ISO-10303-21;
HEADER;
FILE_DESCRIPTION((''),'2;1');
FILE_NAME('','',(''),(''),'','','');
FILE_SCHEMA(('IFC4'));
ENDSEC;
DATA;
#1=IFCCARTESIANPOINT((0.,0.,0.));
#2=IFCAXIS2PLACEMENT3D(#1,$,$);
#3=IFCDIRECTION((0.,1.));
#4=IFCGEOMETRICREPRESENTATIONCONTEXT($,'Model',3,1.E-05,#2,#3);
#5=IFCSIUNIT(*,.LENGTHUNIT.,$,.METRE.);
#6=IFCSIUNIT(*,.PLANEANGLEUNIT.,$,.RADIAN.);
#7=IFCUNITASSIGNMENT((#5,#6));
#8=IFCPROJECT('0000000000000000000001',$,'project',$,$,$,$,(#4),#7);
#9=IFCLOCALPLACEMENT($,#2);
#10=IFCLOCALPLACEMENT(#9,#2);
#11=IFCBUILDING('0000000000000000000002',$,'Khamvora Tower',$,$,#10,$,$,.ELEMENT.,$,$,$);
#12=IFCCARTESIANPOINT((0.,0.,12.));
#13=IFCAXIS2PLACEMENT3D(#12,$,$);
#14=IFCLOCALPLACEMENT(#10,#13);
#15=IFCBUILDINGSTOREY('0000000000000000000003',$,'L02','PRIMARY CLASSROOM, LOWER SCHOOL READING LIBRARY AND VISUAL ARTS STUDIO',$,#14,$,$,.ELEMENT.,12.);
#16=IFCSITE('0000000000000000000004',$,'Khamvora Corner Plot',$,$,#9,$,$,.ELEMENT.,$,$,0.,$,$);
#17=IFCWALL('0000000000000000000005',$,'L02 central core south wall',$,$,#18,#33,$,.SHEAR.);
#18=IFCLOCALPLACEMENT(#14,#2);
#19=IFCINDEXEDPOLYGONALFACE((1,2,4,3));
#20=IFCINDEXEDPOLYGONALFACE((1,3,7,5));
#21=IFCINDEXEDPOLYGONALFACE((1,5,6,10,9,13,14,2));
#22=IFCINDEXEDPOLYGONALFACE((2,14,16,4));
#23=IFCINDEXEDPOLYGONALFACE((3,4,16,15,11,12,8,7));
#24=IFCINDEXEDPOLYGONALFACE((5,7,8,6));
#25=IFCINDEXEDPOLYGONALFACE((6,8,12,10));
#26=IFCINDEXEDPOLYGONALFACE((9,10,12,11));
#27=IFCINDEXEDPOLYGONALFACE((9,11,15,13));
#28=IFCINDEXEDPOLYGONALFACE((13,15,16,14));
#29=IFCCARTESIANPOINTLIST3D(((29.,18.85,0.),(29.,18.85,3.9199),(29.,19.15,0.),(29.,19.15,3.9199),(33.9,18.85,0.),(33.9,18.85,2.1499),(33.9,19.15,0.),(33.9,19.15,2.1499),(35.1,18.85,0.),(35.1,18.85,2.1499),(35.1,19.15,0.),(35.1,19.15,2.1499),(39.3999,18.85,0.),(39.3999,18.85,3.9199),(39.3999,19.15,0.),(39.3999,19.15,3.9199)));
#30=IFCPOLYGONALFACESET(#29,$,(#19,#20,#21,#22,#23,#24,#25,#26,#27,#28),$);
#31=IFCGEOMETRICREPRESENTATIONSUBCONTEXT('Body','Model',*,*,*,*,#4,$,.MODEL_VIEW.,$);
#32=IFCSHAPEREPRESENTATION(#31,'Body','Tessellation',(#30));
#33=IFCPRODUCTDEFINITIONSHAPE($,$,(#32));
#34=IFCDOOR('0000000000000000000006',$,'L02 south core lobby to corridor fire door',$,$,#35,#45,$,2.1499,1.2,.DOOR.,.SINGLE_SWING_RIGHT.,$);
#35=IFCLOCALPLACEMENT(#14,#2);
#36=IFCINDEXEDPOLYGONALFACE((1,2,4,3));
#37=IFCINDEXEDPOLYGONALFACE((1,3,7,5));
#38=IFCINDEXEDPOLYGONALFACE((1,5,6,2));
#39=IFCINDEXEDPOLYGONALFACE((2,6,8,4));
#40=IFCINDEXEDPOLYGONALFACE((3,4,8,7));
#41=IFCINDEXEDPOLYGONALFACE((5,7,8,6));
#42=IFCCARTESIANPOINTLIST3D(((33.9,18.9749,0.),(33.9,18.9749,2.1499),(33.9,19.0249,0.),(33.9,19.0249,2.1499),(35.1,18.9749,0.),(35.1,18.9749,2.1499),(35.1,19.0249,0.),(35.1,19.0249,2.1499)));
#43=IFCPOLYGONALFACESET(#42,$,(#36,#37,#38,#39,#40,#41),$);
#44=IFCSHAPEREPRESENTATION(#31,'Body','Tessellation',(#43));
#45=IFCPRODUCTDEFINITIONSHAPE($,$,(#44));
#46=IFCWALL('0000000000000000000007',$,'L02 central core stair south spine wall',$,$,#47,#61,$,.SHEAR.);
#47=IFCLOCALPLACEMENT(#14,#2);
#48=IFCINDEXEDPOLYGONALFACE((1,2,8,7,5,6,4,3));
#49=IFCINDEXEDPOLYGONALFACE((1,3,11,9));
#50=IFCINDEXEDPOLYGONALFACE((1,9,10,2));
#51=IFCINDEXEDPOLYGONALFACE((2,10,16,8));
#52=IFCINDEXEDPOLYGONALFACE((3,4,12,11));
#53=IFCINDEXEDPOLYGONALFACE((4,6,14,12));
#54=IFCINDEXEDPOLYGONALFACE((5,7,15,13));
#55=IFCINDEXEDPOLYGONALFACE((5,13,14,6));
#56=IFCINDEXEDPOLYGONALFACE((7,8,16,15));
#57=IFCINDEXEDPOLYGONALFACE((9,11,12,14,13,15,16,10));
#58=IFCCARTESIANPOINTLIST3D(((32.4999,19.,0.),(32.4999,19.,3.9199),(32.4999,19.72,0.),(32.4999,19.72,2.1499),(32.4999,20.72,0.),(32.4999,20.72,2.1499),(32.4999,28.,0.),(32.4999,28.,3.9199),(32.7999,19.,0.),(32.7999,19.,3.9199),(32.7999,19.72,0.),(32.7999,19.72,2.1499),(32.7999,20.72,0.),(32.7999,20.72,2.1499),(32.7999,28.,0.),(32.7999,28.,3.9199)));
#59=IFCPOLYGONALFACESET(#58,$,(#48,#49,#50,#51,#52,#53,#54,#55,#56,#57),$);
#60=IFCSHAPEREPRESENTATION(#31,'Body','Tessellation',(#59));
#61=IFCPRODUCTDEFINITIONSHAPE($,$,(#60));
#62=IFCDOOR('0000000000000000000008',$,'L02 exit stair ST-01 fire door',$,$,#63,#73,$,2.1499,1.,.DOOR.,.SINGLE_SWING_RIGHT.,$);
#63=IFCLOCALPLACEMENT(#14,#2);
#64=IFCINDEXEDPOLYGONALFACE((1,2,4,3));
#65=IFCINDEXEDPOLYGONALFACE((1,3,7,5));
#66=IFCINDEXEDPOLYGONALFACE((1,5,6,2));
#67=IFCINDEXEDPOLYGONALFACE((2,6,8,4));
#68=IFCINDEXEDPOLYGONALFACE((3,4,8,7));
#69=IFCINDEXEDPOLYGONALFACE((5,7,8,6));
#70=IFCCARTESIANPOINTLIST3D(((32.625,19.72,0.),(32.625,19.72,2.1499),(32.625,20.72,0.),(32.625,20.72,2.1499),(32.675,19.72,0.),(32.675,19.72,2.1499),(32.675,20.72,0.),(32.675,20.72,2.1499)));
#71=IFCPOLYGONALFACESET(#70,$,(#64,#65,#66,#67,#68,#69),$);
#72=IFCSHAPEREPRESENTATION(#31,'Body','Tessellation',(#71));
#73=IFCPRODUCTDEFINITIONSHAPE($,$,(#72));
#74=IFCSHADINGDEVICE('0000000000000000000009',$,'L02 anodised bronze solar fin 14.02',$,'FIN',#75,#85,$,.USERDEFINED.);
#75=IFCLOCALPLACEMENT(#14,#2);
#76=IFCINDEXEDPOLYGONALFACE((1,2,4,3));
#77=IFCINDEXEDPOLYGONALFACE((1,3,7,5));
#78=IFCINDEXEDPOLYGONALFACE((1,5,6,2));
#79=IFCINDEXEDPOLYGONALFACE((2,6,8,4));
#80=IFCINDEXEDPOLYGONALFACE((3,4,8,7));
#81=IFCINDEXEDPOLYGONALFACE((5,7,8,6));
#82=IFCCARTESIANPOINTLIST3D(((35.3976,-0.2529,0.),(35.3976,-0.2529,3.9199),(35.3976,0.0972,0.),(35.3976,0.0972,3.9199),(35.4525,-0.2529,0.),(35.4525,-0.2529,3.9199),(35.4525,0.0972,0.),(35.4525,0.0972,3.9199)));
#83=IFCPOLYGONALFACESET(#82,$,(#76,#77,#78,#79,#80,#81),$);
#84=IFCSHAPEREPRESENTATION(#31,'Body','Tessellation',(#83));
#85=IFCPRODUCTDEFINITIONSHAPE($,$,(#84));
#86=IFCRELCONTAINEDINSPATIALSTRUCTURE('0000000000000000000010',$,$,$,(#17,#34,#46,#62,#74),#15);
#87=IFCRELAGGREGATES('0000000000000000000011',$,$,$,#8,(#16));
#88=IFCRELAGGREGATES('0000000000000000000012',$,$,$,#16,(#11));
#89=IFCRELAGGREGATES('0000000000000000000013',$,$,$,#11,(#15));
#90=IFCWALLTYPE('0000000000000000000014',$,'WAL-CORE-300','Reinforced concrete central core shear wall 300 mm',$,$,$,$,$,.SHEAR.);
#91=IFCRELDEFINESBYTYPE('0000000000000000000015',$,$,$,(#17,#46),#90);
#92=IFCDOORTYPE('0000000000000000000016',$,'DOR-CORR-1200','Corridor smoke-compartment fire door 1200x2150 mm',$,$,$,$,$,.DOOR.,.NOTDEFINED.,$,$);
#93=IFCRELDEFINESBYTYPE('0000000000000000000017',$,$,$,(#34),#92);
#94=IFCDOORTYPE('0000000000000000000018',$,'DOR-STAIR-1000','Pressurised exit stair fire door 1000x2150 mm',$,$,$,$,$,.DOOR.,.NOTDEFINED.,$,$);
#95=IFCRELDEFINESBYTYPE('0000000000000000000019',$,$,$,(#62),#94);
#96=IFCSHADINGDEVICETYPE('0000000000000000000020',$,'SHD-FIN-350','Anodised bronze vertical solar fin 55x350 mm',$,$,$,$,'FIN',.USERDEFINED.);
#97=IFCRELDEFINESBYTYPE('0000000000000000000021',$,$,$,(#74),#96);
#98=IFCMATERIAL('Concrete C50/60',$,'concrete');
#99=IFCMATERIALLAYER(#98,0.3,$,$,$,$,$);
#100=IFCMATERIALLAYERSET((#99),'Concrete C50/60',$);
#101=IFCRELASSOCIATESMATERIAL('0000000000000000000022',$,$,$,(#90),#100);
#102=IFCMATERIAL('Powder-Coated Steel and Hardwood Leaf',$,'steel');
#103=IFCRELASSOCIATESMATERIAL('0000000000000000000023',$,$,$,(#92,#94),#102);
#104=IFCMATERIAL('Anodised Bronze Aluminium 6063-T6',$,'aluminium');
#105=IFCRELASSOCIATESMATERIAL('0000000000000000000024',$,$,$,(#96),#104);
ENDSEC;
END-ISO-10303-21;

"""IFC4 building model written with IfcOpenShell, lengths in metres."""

from ifc_helpers import new_model, si_unit, direction, frame, frame_2d, origin, origin_2d, place, context, subcontext, project, spatial, rectangle, extrude, material, layer, layer_set, type_object, element, fill, save


model = new_model("IFC4")

# Units and contexts
model_context = context("Model", 3, precision=1e-05, world=origin(), true_north=direction((0.0, 1.0)))
body_context = subcontext(model_context, "Body", "Model", "MODEL_VIEW")
ifc_project = project(units=[si_unit("LENGTHUNIT", "METRE"), si_unit("PLANEANGLEUNIT", "RADIAN")], contexts=[model_context])

# Site, building, storey
site_placement = place(None, origin())
site = spatial("IfcSite", under=ifc_project, at=site_placement, Name="Khamvora Corner Plot", CompositionType="ELEMENT", RefElevation=0.0)
building_placement = place(site_placement, origin())
building = spatial("IfcBuilding", under=site, at=building_placement, Name="Khamvora Tower", CompositionType="ELEMENT")
storey_placement = place(building_placement, frame((0.0, 0.0, 12.0)))
storey = spatial("IfcBuildingStorey", under=building, at=storey_placement, Name="L02", Description="PRIMARY CLASSROOM, LOWER SCHOOL READING LIBRARY AND VISUAL ARTS STUDIO", CompositionType="ELEMENT", Elevation=12.0)

# Shared definitions
ifc_material_1 = material(Name="Concrete C50/60", Category="concrete")
ifc_layer_1 = layer(ifc_material_1, 0.3)
ifc_layer_set_1 = layer_set([ifc_layer_1], Name="Concrete C50/60")
wall_type = type_object("IfcWallType", Name="WAL-CORE-300", Description="Reinforced concrete central core shear wall 300 mm", PredefinedType="SHEAR", material=ifc_layer_set_1)

# Walls, openings, doors
wall_1_placement = place(storey_placement, frame((29.0, 19.0, 0.0), z_axis=(0.0, 0.0, 1.0), x_axis=(1.0, 0.0, 0.0)))
wall_1 = element("IfcWall", 1, at=wall_1_placement, inside=storey, type_object=wall_type, Name="L02 central core south wall", PredefinedType="SHEAR", context=body_context, shape_type="SweptSolid", body=[
    extrude(rectangle(XDim=10.3999, YDim=0.3, at=frame_2d((5.2, 0.0))), origin(), (0.0, 0.0, 1.0), 3.9199),
])
opening_1_placement = place(wall_1_placement, frame((4.8999, 0.0, 0.0)))
opening_1 = element("IfcOpeningElement", 2, at=opening_1_placement, cuts=wall_1, PredefinedType="OPENING", context=body_context, shape_type="SweptSolid", body=[
    extrude(rectangle(XDim=1.2, YDim=2.1499, at=frame_2d((0.6001, 1.075))), frame((0.0, 0.1599, 0.0), z_axis=(0.0, -1.0, 0.0), x_axis=(1.0, 0.0, 0.0)), (0.0, 0.0, 1.0), 0.3201),
])
ifc_material_2 = material(Name="Powder-Coated Steel and Hardwood Leaf", Category="steel")
door_type_1 = type_object("IfcDoorType", Name="DOR-CORR-1200", Description="Corridor smoke-compartment fire door 1200x2150 mm", OperationType="NOTDEFINED", PredefinedType="DOOR", material=ifc_material_2)
door_1_placement = place(opening_1_placement, origin())
door_1 = element("IfcDoor", 3, at=door_1_placement, inside=storey, type_object=door_type_1, Name="L02 south core lobby to corridor fire door", OperationType="SINGLE_SWING_RIGHT", OverallHeight=2.1499, OverallWidth=1.2, PredefinedType="DOOR", context=body_context, shape_type="SweptSolid", body=[
    extrude(rectangle(XDim=1.2, YDim=2.1499, at=frame_2d((0.6001, 1.075))), frame((0.0, 0.0249, 0.0), z_axis=(0.0, -1.0, 0.0), x_axis=(1.0, 0.0, 0.0)), (0.0, 0.0, 1.0), 0.05),
])
fill(opening_1, door_1)
wall_2_placement = place(storey_placement, frame((32.6499, 19.0, 0.0), z_axis=(0.0, 0.0, 1.0), x_axis=(0.0, 1.0, 0.0)))
wall_2 = element("IfcWall", 4, at=wall_2_placement, inside=storey, type_object=wall_type, Name="L02 central core stair south spine wall", PredefinedType="SHEAR", context=body_context, shape_type="SweptSolid", body=[
    extrude(rectangle(XDim=9.0, YDim=0.3, at=frame_2d((4.5, 0.0))), origin(), (0.0, 0.0, 1.0), 3.9199),
])
opening_2_placement = place(wall_2_placement, frame((0.72, 0.0, 0.0)))
opening_2 = element("IfcOpeningElement", 5, at=opening_2_placement, cuts=wall_2, PredefinedType="OPENING", context=body_context, shape_type="SweptSolid", body=[
    extrude(rectangle(XDim=1.0, YDim=2.1499, at=frame_2d((0.5, 1.075))), frame((0.0, 0.1599, 0.0), z_axis=(0.0, -1.0, 0.0), x_axis=(1.0, 0.0, 0.0)), (0.0, 0.0, 1.0), 0.3201),
])
door_type_2 = type_object("IfcDoorType", Name="DOR-STAIR-1000", Description="Pressurised exit stair fire door 1000x2150 mm", OperationType="NOTDEFINED", PredefinedType="DOOR", material=ifc_material_2)
door_2_placement = place(opening_2_placement, origin())
door_2 = element("IfcDoor", 6, at=door_2_placement, inside=storey, type_object=door_type_2, Name="L02 exit stair ST-01 fire door", OperationType="SINGLE_SWING_RIGHT", OverallHeight=2.1499, OverallWidth=1.0, PredefinedType="DOOR", context=body_context, shape_type="SweptSolid", body=[
    extrude(rectangle(XDim=1.0, YDim=2.1499, at=frame_2d((0.5, 1.075))), frame((0.0, 0.0249, 0.0), z_axis=(0.0, -1.0, 0.0), x_axis=(1.0, 0.0, 0.0)), (0.0, 0.0, 1.0), 0.05),
])
fill(opening_2, door_2)

# Shading device
ifc_material_3 = material(Name="Anodised Bronze Aluminium 6063-T6", Category="aluminium")
shading_device_type = type_object("IfcShadingDeviceType", Name="SHD-FIN-350", Description="Anodised bronze vertical solar fin 55x350 mm", ElementType="FIN", PredefinedType="USERDEFINED", material=ifc_material_3)
shading_device_placement = place(storey_placement, frame((35.425, -0.0779, 0.0), z_axis=(0.0, 0.0, 1.0), x_axis=(-1.0, 0.0, 0.0)))
element("IfcShadingDevice", 7, at=shading_device_placement, inside=storey, type_object=shading_device_type, Name="L02 anodised bronze solar fin 14.02", ObjectType="FIN", PredefinedType="USERDEFINED", context=body_context, shape_type="SweptSolid", body=[
    extrude(rectangle(XDim=0.0549, YDim=0.3501, at=origin_2d()), origin(), (0.0, 0.0, 1.0), 3.9199),
])

save(model, "model.ifc")
